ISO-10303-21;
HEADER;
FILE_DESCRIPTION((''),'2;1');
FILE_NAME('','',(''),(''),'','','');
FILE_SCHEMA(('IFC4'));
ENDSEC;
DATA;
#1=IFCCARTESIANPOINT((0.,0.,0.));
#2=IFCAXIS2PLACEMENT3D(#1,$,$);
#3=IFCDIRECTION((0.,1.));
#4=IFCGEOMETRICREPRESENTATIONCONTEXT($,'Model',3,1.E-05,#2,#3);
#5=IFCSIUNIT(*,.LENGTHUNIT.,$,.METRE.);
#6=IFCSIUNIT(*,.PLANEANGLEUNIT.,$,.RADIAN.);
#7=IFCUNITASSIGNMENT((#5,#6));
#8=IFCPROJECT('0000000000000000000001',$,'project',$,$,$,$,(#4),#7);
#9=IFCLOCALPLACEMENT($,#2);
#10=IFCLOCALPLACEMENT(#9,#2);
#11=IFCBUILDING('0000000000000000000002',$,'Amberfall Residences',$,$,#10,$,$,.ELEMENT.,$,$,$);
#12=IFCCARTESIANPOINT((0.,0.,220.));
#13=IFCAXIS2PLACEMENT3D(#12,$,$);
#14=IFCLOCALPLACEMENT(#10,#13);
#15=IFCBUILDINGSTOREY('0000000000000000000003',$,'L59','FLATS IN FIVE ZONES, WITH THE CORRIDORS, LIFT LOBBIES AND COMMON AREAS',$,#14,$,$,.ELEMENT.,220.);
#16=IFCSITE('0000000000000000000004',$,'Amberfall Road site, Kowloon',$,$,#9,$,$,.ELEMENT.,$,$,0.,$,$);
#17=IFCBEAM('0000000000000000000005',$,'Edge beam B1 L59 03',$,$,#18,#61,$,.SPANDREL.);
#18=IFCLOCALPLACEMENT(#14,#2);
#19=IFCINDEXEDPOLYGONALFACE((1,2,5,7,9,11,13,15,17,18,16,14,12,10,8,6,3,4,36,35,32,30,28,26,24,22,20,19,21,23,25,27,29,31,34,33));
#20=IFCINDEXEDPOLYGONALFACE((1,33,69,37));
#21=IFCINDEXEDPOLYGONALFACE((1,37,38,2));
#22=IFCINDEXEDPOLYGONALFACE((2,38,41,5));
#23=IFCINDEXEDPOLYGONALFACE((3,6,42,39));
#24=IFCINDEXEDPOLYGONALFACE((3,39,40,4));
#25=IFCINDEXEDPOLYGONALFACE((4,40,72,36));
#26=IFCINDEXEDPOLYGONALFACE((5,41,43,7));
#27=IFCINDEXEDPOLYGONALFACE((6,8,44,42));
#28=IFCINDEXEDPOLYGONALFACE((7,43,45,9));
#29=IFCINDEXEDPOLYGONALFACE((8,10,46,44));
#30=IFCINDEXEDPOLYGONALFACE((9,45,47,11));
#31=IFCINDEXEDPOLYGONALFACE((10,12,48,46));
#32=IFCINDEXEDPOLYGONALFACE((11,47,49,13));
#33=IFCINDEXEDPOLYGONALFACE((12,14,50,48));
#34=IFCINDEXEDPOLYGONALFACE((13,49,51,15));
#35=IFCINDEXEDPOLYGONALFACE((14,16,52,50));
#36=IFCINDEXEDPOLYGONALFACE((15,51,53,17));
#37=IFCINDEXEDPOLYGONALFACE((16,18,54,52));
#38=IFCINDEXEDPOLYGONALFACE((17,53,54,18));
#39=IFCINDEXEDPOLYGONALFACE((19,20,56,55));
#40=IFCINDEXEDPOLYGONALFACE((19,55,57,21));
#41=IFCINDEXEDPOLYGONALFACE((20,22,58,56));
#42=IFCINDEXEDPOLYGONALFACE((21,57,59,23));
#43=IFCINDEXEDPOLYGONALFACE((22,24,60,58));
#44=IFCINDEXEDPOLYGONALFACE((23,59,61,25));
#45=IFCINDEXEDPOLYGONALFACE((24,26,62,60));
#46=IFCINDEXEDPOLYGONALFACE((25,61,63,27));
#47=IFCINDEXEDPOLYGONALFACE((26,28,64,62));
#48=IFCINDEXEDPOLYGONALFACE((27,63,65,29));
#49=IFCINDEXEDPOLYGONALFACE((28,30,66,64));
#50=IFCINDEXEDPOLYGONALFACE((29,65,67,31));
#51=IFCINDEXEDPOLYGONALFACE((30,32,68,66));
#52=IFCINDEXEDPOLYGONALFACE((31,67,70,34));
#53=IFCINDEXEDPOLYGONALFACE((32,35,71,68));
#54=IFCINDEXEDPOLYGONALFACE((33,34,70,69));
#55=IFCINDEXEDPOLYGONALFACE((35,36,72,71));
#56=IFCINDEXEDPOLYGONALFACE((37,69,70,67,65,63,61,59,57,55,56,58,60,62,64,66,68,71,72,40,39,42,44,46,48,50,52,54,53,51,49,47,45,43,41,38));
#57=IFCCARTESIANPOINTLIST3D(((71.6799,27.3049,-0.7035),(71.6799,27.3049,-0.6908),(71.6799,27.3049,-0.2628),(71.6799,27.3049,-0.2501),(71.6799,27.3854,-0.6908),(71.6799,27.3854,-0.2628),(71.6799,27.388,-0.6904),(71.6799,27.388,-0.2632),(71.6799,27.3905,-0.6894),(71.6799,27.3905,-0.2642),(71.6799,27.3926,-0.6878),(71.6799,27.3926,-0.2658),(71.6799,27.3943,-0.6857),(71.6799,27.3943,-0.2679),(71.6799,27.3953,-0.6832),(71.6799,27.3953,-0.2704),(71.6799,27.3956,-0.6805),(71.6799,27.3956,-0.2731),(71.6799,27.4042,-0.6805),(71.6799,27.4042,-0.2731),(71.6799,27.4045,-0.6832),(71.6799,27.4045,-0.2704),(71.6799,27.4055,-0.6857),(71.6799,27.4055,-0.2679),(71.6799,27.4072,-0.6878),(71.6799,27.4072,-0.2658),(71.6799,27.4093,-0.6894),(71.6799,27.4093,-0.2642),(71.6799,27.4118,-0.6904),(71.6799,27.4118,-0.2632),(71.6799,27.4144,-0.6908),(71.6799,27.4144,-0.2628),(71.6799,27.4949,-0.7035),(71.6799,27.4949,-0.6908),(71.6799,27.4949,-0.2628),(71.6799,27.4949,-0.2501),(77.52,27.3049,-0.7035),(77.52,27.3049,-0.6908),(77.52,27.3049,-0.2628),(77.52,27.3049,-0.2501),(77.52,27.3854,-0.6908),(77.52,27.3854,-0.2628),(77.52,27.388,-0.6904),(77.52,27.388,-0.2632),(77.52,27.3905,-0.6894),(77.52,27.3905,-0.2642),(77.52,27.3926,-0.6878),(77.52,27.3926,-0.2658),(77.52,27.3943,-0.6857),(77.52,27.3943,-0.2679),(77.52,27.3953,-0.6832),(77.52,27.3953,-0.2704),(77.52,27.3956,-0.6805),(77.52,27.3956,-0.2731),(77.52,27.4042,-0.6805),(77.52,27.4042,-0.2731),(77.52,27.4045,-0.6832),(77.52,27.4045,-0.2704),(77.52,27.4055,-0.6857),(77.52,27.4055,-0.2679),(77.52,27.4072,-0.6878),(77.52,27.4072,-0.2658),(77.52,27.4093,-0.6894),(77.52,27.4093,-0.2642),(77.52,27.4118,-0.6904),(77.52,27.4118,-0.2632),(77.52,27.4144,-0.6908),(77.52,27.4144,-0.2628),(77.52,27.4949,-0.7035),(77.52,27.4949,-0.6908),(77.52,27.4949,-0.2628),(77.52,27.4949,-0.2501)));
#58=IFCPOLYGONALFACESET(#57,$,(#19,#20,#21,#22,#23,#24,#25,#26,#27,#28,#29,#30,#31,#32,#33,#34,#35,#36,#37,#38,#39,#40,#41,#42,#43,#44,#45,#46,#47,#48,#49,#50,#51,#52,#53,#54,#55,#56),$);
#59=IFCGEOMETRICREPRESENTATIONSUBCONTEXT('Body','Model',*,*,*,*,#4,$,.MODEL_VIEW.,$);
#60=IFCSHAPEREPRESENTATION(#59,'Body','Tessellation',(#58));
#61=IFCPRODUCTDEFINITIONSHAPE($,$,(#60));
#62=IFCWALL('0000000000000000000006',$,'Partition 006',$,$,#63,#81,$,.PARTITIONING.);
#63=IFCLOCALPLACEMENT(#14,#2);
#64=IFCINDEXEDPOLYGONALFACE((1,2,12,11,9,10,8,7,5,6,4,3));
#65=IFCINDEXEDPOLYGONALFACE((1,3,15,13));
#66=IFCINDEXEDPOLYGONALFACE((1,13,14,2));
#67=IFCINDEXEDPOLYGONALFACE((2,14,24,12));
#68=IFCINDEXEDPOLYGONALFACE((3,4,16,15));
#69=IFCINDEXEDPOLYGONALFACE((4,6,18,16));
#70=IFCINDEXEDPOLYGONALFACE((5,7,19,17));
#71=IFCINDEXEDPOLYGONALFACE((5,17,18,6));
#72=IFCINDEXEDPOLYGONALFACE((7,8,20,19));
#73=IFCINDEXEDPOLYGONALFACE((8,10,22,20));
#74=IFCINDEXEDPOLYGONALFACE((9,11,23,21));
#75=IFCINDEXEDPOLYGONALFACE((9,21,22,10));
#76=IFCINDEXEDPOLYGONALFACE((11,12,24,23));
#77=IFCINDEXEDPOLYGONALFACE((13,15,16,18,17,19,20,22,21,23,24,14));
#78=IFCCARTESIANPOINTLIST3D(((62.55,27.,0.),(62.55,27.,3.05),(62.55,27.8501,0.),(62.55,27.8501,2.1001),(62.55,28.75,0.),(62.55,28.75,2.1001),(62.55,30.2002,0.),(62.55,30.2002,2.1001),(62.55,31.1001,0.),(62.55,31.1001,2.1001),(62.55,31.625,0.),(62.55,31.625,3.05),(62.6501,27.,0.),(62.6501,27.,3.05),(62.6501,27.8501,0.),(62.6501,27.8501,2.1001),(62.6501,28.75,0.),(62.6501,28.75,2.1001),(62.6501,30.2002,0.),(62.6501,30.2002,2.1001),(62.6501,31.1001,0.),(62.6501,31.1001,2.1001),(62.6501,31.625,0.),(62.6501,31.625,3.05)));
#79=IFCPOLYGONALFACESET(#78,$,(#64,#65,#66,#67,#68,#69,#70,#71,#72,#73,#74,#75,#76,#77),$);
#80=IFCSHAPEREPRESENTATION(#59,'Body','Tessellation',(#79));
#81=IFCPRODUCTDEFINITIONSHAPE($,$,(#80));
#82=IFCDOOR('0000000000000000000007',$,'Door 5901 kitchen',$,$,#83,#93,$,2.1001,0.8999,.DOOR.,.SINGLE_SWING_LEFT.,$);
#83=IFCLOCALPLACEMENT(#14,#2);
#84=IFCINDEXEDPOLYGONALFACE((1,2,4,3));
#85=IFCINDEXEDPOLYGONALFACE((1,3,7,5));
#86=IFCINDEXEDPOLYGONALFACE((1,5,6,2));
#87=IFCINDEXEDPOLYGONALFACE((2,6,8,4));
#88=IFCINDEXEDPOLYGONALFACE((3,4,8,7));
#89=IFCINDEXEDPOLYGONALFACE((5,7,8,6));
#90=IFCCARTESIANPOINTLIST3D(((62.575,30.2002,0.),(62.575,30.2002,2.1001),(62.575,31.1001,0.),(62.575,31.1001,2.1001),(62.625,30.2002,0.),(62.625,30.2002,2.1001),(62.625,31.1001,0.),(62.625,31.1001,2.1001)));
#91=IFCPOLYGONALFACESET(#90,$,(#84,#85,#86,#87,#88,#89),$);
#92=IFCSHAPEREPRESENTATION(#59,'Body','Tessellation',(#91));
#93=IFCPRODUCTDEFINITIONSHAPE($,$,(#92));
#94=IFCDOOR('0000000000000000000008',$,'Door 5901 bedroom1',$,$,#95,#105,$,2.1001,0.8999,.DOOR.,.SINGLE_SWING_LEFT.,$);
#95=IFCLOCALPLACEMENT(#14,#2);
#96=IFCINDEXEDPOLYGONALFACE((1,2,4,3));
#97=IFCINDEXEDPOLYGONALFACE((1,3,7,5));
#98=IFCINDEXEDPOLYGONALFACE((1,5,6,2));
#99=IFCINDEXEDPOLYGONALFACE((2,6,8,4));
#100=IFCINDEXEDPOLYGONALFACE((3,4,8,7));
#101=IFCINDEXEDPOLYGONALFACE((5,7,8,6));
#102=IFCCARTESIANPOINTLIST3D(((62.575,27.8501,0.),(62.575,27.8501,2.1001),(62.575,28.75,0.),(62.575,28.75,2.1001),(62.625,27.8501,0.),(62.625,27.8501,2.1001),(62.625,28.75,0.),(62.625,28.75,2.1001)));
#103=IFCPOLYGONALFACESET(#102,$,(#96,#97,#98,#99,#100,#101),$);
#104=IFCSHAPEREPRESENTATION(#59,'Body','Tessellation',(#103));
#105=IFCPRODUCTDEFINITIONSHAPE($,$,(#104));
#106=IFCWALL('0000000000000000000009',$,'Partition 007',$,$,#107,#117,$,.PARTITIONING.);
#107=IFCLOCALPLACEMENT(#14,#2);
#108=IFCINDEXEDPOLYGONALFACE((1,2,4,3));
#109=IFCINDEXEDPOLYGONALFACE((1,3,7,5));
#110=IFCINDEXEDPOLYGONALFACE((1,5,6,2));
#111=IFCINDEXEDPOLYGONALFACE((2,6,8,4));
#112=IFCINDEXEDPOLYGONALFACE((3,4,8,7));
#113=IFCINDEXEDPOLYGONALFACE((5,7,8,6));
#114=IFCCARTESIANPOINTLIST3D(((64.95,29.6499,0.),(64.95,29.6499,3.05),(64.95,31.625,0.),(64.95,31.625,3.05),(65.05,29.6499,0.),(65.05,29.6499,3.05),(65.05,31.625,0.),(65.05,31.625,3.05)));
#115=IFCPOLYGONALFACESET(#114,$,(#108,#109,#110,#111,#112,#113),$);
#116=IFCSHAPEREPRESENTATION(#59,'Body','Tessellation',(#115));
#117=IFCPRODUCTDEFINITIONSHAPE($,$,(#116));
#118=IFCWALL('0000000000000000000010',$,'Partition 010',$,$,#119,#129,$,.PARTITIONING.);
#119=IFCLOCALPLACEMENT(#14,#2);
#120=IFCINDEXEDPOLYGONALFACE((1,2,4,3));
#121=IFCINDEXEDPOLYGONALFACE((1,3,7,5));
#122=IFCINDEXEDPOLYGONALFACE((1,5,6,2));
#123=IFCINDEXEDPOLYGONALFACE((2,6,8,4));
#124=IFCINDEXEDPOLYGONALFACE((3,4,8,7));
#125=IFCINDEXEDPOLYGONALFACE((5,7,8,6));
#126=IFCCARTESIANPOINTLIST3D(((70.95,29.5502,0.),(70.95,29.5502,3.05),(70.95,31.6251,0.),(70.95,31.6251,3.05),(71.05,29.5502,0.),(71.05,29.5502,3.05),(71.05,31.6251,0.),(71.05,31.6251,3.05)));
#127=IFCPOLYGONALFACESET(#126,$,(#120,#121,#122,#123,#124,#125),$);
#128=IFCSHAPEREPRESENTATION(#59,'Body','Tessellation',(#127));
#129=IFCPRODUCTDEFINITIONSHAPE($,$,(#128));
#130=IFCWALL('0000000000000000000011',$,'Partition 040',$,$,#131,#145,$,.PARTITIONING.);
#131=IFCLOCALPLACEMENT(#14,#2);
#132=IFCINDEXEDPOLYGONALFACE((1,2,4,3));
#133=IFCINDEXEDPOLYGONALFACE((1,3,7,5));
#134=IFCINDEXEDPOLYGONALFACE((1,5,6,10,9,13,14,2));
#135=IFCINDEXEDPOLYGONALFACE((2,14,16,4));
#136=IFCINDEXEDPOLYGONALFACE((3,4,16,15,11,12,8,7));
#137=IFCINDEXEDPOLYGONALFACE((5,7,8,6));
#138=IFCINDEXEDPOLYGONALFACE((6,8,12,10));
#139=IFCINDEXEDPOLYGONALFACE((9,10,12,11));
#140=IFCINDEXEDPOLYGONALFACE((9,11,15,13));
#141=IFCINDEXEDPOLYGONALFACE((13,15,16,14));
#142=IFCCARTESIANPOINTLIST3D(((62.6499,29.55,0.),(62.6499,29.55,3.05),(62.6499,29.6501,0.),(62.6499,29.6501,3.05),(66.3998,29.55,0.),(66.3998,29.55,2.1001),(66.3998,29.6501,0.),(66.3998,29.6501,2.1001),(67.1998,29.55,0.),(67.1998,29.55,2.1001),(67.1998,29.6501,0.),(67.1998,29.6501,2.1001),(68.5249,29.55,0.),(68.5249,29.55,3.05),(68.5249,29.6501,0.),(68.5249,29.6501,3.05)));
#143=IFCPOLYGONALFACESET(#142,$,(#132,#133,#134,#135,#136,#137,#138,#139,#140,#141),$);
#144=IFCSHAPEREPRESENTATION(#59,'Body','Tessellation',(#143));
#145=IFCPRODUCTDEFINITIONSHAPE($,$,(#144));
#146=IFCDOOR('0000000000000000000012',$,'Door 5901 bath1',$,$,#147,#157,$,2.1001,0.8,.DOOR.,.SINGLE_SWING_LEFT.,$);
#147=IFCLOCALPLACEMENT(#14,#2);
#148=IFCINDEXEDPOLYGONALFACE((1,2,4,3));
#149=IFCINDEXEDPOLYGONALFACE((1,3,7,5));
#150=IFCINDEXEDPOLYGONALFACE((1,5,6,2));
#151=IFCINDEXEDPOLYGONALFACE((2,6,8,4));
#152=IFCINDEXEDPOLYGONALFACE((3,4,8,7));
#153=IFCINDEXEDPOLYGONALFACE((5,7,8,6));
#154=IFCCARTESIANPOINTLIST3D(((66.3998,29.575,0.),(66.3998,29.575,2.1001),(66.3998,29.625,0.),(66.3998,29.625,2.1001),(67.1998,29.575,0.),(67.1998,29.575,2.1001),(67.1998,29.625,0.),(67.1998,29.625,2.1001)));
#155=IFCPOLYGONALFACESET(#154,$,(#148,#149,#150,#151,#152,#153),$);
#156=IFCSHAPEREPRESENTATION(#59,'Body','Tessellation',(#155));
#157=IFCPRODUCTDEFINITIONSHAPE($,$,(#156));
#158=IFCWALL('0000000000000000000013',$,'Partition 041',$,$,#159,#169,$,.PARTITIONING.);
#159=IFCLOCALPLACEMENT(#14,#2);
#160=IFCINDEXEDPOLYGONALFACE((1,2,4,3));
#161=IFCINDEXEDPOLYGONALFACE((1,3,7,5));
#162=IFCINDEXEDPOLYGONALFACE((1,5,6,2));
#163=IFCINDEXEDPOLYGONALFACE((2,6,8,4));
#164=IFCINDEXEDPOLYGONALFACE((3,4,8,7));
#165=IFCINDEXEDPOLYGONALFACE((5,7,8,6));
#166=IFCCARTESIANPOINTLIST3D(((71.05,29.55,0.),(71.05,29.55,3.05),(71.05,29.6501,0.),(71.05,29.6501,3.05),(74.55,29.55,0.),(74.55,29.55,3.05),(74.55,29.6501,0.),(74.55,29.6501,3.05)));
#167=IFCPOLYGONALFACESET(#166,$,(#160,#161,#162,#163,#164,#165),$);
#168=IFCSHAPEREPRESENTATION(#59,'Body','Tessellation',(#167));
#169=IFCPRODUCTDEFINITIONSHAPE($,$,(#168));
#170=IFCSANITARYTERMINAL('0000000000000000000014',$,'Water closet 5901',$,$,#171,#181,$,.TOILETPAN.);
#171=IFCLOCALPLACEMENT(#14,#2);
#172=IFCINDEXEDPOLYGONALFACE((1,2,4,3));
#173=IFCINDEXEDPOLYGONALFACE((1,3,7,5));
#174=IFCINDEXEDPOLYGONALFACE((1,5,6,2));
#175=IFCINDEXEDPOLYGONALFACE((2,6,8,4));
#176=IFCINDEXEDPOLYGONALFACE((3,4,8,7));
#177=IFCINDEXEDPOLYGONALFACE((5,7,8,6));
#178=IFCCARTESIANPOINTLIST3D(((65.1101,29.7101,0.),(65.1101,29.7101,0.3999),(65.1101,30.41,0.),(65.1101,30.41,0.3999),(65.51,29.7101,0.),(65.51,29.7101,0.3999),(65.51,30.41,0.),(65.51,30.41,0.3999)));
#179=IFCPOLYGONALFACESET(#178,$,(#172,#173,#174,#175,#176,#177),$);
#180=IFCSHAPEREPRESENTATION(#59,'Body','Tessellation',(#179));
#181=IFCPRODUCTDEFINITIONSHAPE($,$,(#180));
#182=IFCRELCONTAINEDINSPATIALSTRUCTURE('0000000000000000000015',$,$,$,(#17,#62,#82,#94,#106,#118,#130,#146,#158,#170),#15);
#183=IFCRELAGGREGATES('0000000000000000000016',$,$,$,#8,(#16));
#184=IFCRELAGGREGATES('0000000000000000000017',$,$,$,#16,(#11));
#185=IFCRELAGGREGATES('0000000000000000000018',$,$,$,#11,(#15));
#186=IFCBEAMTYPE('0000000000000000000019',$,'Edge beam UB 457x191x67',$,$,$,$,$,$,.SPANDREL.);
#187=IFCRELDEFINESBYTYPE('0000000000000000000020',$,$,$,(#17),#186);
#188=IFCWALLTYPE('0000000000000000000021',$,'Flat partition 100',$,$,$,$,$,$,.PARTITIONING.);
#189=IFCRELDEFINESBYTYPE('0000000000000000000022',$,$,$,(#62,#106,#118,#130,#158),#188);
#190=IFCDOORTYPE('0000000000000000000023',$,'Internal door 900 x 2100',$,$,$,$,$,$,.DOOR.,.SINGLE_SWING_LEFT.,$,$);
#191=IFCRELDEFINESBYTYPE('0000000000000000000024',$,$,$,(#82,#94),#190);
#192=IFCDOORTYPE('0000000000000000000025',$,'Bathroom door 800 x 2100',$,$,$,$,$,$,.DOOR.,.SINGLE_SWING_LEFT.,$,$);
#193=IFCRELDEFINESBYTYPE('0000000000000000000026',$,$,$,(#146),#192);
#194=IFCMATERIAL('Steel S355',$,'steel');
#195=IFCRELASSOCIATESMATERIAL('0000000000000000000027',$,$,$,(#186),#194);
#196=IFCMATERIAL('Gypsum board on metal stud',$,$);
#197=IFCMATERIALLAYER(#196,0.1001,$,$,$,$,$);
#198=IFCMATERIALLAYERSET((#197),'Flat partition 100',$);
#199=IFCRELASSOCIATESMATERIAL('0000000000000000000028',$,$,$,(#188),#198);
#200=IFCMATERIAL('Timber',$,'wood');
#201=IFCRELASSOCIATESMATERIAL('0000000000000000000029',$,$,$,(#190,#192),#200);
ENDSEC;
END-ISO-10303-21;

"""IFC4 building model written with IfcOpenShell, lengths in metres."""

from ifc_helpers import new_model, si_unit, direction, frame, frame_2d, origin, origin_2d, place, context, subcontext, project, spatial, rectangle, i_section, extrude, material, layer, layer_set, material_profile, profile_set, type_object, element, fill, save


model = new_model("IFC4")

# Units and contexts
model_context = context("Model", 3, precision=1e-05, world=origin(), true_north=direction((0.0, 1.0)))
body_context = subcontext(model_context, "Body", "Model", "MODEL_VIEW")
ifc_project = project(units=[si_unit("LENGTHUNIT", "METRE"), si_unit("PLANEANGLEUNIT", "RADIAN")], contexts=[model_context])

# Site, building, storey
site_placement = place(None, origin())
site = spatial("IfcSite", under=ifc_project, at=site_placement, Name="Amberfall Road site, Kowloon", CompositionType="ELEMENT", RefElevation=0.0)
building_placement = place(site_placement, origin())
building = spatial("IfcBuilding", under=site, at=building_placement, Name="Amberfall Residences", CompositionType="ELEMENT")
storey_placement = place(building_placement, frame((0.0, 0.0, 220.0)))
storey = spatial("IfcBuildingStorey", under=building, at=storey_placement, Name="L59", Description="FLATS IN FIVE ZONES, WITH THE CORRIDORS, LIFT LOBBIES AND COMMON AREAS", CompositionType="ELEMENT", Elevation=220.0)

# Beam
ifc_material_1 = material(Name="Steel S355", Category="steel")
ifc_material_profile = material_profile(ifc_material_1, i_section(OverallWidth=0.1899, OverallDepth=0.4534, WebThickness=0.0085, FlangeThickness=0.0127, FilletRadius=0.0103, at=origin_2d()), Name="UB 457x191x67")
ifc_profile_set = profile_set([ifc_material_profile], Name="Steel S355")
beam_type = type_object("IfcBeamType", Name="Edge beam UB 457x191x67", PredefinedType="SPANDREL", material=ifc_profile_set)
beam_placement = place(storey_placement, frame((71.6799, 27.3999, -0.4768), z_axis=(1.0, 0.0, 0.0), x_axis=(0.0, 1.0, 0.0)))
element("IfcBeam", 1, at=beam_placement, inside=storey, type_object=beam_type, Name="Edge beam B1 L59 03", PredefinedType="SPANDREL", context=body_context, shape_type="SweptSolid", body=[
    extrude(i_section(OverallWidth=0.1899, OverallDepth=0.4534, WebThickness=0.0085, FlangeThickness=0.0127, FilletRadius=0.0103, at=origin_2d()), origin(), (0.0, 0.0, 1.0), 5.8401),
])

# Wall, openings, doors
ifc_material_2 = material(Name="Gypsum board on metal stud")
ifc_layer = layer(ifc_material_2, 0.1001)
ifc_layer_set = layer_set([ifc_layer], Name="Flat partition 100")
wall_type = type_object("IfcWallType", Name="Flat partition 100", PredefinedType="PARTITIONING", material=ifc_layer_set)
wall_1_placement = place(storey_placement, frame((62.6001, 31.625, 0.0), z_axis=(0.0, 0.0, 1.0), x_axis=(0.0, -1.0, 0.0)))
wall_1 = element("IfcWall", 2, at=wall_1_placement, inside=storey, type_object=wall_type, Name="Partition 006", PredefinedType="PARTITIONING", context=body_context, shape_type="SweptSolid", body=[
    extrude(rectangle(XDim=4.625, YDim=0.1001, at=frame_2d((2.3125, 0.0))), origin(), (0.0, 0.0, 1.0), 3.05),
])
opening_1_placement = place(wall_1_placement, frame((0.5249, 0.0, 0.0)))
opening_1 = element("IfcOpeningElement", 3, at=opening_1_placement, cuts=wall_1, PredefinedType="OPENING", context=body_context, shape_type="SweptSolid", body=[
    extrude(rectangle(XDim=0.8999, YDim=2.1001, at=frame_2d((0.45, 1.05))), frame((0.0, 0.0601, 0.0), z_axis=(0.0, -1.0, 0.0), x_axis=(1.0, 0.0, 0.0)), (0.0, 0.0, 1.0), 0.1201),
])
opening_2_placement = place(wall_1_placement, frame((2.875, 0.0, 0.0)))
opening_2 = element("IfcOpeningElement", 4, at=opening_2_placement, cuts=wall_1, PredefinedType="OPENING", context=body_context, shape_type="SweptSolid", body=[
    extrude(rectangle(XDim=0.8999, YDim=2.1001, at=frame_2d((0.45, 1.05))), frame((0.0, 0.0601, 0.0), z_axis=(0.0, -1.0, 0.0), x_axis=(1.0, 0.0, 0.0)), (0.0, 0.0, 1.0), 0.1201),
])
ifc_material_3 = material(Name="Timber", Category="wood")
door_type_1 = type_object("IfcDoorType", Name="Internal door 900 x 2100", OperationType="SINGLE_SWING_LEFT", PredefinedType="DOOR", material=ifc_material_3)
door_1_placement = place(opening_1_placement, origin())
door_1 = element("IfcDoor", 5, at=door_1_placement, inside=storey, type_object=door_type_1, Name="Door 5901 kitchen", OperationType="SINGLE_SWING_LEFT", OverallHeight=2.1001, OverallWidth=0.8999, PredefinedType="DOOR", context=body_context, shape_type="SweptSolid", body=[
    extrude(rectangle(XDim=0.8999, YDim=2.1001, at=frame_2d((0.45, 1.05))), frame((0.0, 0.0249, 0.0), z_axis=(0.0, -1.0, 0.0), x_axis=(1.0, 0.0, 0.0)), (0.0, 0.0, 1.0), 0.05),
])
fill(opening_1, door_1)
door_2_placement = place(opening_2_placement, origin())
door_2 = element("IfcDoor", 6, at=door_2_placement, inside=storey, type_object=door_type_1, Name="Door 5901 bedroom1", OperationType="SINGLE_SWING_LEFT", OverallHeight=2.1001, OverallWidth=0.8999, PredefinedType="DOOR", context=body_context, shape_type="SweptSolid", body=[
    extrude(rectangle(XDim=0.8999, YDim=2.1001, at=frame_2d((0.45, 1.05))), frame((0.0, 0.0249, 0.0), z_axis=(0.0, -1.0, 0.0), x_axis=(1.0, 0.0, 0.0)), (0.0, 0.0, 1.0), 0.05),
])
fill(opening_2, door_2)

# Walls
wall_2_placement = place(storey_placement, frame((65.0, 29.6499, 0.0), z_axis=(0.0, 0.0, 1.0), x_axis=(0.0, 1.0, 0.0)))
element("IfcWall", 7, at=wall_2_placement, inside=storey, type_object=wall_type, Name="Partition 007", PredefinedType="PARTITIONING", context=body_context, shape_type="SweptSolid", body=[
    extrude(rectangle(XDim=1.9751, YDim=0.1001, at=frame_2d((0.9875, 0.0))), origin(), (0.0, 0.0, 1.0), 3.05),
])
wall_3_placement = place(storey_placement, frame((71.0, 29.55, 0.0), z_axis=(0.0, 0.0, 1.0), x_axis=(0.0, 1.0, 0.0)))
element("IfcWall", 8, at=wall_3_placement, inside=storey, type_object=wall_type, Name="Partition 010", PredefinedType="PARTITIONING", context=body_context, shape_type="SweptSolid", body=[
    extrude(rectangle(XDim=2.075, YDim=0.1001, at=frame_2d((1.0376, 0.0))), origin(), (0.0, 0.0, 1.0), 3.05),
])

# Wall, opening, door
wall_4_placement = place(storey_placement, frame((62.6499, 29.6001, 0.0), z_axis=(0.0, 0.0, 1.0), x_axis=(1.0, 0.0, 0.0)))
wall_4 = element("IfcWall", 9, at=wall_4_placement, inside=storey, type_object=wall_type, Name="Partition 040", PredefinedType="PARTITIONING", context=body_context, shape_type="SweptSolid", body=[
    extrude(rectangle(XDim=5.875, YDim=0.1001, at=frame_2d((2.9375, 0.0))), origin(), (0.0, 0.0, 1.0), 3.05),
])
opening_3_placement = place(wall_4_placement, frame((3.75, 0.0, 0.0)))
opening_3 = element("IfcOpeningElement", 10, at=opening_3_placement, cuts=wall_4, PredefinedType="OPENING", context=body_context, shape_type="SweptSolid", body=[
    extrude(rectangle(XDim=0.8, YDim=2.1001, at=frame_2d((0.3999, 1.05))), frame((0.0, 0.0601, 0.0), z_axis=(0.0, -1.0, 0.0), x_axis=(1.0, 0.0, 0.0)), (0.0, 0.0, 1.0), 0.1201),
])
door_type_2 = type_object("IfcDoorType", Name="Bathroom door 800 x 2100", OperationType="SINGLE_SWING_LEFT", PredefinedType="DOOR", material=ifc_material_3)
door_3_placement = place(opening_3_placement, origin())
door_3 = element("IfcDoor", 11, at=door_3_placement, inside=storey, type_object=door_type_2, Name="Door 5901 bath1", OperationType="SINGLE_SWING_LEFT", OverallHeight=2.1001, OverallWidth=0.8, PredefinedType="DOOR", context=body_context, shape_type="SweptSolid", body=[
    extrude(rectangle(XDim=0.8, YDim=2.1001, at=frame_2d((0.3999, 1.05))), frame((0.0, 0.0249, 0.0), z_axis=(0.0, -1.0, 0.0), x_axis=(1.0, 0.0, 0.0)), (0.0, 0.0, 1.0), 0.05),
])
fill(opening_3, door_3)

# Wall
wall_5_placement = place(storey_placement, frame((71.05, 29.6001, 0.0), z_axis=(0.0, 0.0, 1.0), x_axis=(1.0, 0.0, 0.0)))
element("IfcWall", 12, at=wall_5_placement, inside=storey, type_object=wall_type, Name="Partition 041", PredefinedType="PARTITIONING", context=body_context, shape_type="SweptSolid", body=[
    extrude(rectangle(XDim=3.5, YDim=0.1001, at=frame_2d((1.75, 0.0))), origin(), (0.0, 0.0, 1.0), 3.05),
])

# Sanitary terminal
sanitary_terminal_1_placement = place(storey_placement, frame((65.3101, 30.0601, 0.0), z_axis=(0.0, 0.0, 1.0), x_axis=(1.0, 0.0, 0.0)))
element("IfcSanitaryTerminal", 13, at=sanitary_terminal_1_placement, inside=storey, Name="Water closet 5901", PredefinedType="TOILETPAN", context=body_context, shape_type="SweptSolid", body=[
    extrude(rectangle(XDim=0.3999, YDim=0.7, at=origin_2d()), origin(), (0.0, 0.0, 1.0), 0.3999),
])

save(model, "model.ifc")
